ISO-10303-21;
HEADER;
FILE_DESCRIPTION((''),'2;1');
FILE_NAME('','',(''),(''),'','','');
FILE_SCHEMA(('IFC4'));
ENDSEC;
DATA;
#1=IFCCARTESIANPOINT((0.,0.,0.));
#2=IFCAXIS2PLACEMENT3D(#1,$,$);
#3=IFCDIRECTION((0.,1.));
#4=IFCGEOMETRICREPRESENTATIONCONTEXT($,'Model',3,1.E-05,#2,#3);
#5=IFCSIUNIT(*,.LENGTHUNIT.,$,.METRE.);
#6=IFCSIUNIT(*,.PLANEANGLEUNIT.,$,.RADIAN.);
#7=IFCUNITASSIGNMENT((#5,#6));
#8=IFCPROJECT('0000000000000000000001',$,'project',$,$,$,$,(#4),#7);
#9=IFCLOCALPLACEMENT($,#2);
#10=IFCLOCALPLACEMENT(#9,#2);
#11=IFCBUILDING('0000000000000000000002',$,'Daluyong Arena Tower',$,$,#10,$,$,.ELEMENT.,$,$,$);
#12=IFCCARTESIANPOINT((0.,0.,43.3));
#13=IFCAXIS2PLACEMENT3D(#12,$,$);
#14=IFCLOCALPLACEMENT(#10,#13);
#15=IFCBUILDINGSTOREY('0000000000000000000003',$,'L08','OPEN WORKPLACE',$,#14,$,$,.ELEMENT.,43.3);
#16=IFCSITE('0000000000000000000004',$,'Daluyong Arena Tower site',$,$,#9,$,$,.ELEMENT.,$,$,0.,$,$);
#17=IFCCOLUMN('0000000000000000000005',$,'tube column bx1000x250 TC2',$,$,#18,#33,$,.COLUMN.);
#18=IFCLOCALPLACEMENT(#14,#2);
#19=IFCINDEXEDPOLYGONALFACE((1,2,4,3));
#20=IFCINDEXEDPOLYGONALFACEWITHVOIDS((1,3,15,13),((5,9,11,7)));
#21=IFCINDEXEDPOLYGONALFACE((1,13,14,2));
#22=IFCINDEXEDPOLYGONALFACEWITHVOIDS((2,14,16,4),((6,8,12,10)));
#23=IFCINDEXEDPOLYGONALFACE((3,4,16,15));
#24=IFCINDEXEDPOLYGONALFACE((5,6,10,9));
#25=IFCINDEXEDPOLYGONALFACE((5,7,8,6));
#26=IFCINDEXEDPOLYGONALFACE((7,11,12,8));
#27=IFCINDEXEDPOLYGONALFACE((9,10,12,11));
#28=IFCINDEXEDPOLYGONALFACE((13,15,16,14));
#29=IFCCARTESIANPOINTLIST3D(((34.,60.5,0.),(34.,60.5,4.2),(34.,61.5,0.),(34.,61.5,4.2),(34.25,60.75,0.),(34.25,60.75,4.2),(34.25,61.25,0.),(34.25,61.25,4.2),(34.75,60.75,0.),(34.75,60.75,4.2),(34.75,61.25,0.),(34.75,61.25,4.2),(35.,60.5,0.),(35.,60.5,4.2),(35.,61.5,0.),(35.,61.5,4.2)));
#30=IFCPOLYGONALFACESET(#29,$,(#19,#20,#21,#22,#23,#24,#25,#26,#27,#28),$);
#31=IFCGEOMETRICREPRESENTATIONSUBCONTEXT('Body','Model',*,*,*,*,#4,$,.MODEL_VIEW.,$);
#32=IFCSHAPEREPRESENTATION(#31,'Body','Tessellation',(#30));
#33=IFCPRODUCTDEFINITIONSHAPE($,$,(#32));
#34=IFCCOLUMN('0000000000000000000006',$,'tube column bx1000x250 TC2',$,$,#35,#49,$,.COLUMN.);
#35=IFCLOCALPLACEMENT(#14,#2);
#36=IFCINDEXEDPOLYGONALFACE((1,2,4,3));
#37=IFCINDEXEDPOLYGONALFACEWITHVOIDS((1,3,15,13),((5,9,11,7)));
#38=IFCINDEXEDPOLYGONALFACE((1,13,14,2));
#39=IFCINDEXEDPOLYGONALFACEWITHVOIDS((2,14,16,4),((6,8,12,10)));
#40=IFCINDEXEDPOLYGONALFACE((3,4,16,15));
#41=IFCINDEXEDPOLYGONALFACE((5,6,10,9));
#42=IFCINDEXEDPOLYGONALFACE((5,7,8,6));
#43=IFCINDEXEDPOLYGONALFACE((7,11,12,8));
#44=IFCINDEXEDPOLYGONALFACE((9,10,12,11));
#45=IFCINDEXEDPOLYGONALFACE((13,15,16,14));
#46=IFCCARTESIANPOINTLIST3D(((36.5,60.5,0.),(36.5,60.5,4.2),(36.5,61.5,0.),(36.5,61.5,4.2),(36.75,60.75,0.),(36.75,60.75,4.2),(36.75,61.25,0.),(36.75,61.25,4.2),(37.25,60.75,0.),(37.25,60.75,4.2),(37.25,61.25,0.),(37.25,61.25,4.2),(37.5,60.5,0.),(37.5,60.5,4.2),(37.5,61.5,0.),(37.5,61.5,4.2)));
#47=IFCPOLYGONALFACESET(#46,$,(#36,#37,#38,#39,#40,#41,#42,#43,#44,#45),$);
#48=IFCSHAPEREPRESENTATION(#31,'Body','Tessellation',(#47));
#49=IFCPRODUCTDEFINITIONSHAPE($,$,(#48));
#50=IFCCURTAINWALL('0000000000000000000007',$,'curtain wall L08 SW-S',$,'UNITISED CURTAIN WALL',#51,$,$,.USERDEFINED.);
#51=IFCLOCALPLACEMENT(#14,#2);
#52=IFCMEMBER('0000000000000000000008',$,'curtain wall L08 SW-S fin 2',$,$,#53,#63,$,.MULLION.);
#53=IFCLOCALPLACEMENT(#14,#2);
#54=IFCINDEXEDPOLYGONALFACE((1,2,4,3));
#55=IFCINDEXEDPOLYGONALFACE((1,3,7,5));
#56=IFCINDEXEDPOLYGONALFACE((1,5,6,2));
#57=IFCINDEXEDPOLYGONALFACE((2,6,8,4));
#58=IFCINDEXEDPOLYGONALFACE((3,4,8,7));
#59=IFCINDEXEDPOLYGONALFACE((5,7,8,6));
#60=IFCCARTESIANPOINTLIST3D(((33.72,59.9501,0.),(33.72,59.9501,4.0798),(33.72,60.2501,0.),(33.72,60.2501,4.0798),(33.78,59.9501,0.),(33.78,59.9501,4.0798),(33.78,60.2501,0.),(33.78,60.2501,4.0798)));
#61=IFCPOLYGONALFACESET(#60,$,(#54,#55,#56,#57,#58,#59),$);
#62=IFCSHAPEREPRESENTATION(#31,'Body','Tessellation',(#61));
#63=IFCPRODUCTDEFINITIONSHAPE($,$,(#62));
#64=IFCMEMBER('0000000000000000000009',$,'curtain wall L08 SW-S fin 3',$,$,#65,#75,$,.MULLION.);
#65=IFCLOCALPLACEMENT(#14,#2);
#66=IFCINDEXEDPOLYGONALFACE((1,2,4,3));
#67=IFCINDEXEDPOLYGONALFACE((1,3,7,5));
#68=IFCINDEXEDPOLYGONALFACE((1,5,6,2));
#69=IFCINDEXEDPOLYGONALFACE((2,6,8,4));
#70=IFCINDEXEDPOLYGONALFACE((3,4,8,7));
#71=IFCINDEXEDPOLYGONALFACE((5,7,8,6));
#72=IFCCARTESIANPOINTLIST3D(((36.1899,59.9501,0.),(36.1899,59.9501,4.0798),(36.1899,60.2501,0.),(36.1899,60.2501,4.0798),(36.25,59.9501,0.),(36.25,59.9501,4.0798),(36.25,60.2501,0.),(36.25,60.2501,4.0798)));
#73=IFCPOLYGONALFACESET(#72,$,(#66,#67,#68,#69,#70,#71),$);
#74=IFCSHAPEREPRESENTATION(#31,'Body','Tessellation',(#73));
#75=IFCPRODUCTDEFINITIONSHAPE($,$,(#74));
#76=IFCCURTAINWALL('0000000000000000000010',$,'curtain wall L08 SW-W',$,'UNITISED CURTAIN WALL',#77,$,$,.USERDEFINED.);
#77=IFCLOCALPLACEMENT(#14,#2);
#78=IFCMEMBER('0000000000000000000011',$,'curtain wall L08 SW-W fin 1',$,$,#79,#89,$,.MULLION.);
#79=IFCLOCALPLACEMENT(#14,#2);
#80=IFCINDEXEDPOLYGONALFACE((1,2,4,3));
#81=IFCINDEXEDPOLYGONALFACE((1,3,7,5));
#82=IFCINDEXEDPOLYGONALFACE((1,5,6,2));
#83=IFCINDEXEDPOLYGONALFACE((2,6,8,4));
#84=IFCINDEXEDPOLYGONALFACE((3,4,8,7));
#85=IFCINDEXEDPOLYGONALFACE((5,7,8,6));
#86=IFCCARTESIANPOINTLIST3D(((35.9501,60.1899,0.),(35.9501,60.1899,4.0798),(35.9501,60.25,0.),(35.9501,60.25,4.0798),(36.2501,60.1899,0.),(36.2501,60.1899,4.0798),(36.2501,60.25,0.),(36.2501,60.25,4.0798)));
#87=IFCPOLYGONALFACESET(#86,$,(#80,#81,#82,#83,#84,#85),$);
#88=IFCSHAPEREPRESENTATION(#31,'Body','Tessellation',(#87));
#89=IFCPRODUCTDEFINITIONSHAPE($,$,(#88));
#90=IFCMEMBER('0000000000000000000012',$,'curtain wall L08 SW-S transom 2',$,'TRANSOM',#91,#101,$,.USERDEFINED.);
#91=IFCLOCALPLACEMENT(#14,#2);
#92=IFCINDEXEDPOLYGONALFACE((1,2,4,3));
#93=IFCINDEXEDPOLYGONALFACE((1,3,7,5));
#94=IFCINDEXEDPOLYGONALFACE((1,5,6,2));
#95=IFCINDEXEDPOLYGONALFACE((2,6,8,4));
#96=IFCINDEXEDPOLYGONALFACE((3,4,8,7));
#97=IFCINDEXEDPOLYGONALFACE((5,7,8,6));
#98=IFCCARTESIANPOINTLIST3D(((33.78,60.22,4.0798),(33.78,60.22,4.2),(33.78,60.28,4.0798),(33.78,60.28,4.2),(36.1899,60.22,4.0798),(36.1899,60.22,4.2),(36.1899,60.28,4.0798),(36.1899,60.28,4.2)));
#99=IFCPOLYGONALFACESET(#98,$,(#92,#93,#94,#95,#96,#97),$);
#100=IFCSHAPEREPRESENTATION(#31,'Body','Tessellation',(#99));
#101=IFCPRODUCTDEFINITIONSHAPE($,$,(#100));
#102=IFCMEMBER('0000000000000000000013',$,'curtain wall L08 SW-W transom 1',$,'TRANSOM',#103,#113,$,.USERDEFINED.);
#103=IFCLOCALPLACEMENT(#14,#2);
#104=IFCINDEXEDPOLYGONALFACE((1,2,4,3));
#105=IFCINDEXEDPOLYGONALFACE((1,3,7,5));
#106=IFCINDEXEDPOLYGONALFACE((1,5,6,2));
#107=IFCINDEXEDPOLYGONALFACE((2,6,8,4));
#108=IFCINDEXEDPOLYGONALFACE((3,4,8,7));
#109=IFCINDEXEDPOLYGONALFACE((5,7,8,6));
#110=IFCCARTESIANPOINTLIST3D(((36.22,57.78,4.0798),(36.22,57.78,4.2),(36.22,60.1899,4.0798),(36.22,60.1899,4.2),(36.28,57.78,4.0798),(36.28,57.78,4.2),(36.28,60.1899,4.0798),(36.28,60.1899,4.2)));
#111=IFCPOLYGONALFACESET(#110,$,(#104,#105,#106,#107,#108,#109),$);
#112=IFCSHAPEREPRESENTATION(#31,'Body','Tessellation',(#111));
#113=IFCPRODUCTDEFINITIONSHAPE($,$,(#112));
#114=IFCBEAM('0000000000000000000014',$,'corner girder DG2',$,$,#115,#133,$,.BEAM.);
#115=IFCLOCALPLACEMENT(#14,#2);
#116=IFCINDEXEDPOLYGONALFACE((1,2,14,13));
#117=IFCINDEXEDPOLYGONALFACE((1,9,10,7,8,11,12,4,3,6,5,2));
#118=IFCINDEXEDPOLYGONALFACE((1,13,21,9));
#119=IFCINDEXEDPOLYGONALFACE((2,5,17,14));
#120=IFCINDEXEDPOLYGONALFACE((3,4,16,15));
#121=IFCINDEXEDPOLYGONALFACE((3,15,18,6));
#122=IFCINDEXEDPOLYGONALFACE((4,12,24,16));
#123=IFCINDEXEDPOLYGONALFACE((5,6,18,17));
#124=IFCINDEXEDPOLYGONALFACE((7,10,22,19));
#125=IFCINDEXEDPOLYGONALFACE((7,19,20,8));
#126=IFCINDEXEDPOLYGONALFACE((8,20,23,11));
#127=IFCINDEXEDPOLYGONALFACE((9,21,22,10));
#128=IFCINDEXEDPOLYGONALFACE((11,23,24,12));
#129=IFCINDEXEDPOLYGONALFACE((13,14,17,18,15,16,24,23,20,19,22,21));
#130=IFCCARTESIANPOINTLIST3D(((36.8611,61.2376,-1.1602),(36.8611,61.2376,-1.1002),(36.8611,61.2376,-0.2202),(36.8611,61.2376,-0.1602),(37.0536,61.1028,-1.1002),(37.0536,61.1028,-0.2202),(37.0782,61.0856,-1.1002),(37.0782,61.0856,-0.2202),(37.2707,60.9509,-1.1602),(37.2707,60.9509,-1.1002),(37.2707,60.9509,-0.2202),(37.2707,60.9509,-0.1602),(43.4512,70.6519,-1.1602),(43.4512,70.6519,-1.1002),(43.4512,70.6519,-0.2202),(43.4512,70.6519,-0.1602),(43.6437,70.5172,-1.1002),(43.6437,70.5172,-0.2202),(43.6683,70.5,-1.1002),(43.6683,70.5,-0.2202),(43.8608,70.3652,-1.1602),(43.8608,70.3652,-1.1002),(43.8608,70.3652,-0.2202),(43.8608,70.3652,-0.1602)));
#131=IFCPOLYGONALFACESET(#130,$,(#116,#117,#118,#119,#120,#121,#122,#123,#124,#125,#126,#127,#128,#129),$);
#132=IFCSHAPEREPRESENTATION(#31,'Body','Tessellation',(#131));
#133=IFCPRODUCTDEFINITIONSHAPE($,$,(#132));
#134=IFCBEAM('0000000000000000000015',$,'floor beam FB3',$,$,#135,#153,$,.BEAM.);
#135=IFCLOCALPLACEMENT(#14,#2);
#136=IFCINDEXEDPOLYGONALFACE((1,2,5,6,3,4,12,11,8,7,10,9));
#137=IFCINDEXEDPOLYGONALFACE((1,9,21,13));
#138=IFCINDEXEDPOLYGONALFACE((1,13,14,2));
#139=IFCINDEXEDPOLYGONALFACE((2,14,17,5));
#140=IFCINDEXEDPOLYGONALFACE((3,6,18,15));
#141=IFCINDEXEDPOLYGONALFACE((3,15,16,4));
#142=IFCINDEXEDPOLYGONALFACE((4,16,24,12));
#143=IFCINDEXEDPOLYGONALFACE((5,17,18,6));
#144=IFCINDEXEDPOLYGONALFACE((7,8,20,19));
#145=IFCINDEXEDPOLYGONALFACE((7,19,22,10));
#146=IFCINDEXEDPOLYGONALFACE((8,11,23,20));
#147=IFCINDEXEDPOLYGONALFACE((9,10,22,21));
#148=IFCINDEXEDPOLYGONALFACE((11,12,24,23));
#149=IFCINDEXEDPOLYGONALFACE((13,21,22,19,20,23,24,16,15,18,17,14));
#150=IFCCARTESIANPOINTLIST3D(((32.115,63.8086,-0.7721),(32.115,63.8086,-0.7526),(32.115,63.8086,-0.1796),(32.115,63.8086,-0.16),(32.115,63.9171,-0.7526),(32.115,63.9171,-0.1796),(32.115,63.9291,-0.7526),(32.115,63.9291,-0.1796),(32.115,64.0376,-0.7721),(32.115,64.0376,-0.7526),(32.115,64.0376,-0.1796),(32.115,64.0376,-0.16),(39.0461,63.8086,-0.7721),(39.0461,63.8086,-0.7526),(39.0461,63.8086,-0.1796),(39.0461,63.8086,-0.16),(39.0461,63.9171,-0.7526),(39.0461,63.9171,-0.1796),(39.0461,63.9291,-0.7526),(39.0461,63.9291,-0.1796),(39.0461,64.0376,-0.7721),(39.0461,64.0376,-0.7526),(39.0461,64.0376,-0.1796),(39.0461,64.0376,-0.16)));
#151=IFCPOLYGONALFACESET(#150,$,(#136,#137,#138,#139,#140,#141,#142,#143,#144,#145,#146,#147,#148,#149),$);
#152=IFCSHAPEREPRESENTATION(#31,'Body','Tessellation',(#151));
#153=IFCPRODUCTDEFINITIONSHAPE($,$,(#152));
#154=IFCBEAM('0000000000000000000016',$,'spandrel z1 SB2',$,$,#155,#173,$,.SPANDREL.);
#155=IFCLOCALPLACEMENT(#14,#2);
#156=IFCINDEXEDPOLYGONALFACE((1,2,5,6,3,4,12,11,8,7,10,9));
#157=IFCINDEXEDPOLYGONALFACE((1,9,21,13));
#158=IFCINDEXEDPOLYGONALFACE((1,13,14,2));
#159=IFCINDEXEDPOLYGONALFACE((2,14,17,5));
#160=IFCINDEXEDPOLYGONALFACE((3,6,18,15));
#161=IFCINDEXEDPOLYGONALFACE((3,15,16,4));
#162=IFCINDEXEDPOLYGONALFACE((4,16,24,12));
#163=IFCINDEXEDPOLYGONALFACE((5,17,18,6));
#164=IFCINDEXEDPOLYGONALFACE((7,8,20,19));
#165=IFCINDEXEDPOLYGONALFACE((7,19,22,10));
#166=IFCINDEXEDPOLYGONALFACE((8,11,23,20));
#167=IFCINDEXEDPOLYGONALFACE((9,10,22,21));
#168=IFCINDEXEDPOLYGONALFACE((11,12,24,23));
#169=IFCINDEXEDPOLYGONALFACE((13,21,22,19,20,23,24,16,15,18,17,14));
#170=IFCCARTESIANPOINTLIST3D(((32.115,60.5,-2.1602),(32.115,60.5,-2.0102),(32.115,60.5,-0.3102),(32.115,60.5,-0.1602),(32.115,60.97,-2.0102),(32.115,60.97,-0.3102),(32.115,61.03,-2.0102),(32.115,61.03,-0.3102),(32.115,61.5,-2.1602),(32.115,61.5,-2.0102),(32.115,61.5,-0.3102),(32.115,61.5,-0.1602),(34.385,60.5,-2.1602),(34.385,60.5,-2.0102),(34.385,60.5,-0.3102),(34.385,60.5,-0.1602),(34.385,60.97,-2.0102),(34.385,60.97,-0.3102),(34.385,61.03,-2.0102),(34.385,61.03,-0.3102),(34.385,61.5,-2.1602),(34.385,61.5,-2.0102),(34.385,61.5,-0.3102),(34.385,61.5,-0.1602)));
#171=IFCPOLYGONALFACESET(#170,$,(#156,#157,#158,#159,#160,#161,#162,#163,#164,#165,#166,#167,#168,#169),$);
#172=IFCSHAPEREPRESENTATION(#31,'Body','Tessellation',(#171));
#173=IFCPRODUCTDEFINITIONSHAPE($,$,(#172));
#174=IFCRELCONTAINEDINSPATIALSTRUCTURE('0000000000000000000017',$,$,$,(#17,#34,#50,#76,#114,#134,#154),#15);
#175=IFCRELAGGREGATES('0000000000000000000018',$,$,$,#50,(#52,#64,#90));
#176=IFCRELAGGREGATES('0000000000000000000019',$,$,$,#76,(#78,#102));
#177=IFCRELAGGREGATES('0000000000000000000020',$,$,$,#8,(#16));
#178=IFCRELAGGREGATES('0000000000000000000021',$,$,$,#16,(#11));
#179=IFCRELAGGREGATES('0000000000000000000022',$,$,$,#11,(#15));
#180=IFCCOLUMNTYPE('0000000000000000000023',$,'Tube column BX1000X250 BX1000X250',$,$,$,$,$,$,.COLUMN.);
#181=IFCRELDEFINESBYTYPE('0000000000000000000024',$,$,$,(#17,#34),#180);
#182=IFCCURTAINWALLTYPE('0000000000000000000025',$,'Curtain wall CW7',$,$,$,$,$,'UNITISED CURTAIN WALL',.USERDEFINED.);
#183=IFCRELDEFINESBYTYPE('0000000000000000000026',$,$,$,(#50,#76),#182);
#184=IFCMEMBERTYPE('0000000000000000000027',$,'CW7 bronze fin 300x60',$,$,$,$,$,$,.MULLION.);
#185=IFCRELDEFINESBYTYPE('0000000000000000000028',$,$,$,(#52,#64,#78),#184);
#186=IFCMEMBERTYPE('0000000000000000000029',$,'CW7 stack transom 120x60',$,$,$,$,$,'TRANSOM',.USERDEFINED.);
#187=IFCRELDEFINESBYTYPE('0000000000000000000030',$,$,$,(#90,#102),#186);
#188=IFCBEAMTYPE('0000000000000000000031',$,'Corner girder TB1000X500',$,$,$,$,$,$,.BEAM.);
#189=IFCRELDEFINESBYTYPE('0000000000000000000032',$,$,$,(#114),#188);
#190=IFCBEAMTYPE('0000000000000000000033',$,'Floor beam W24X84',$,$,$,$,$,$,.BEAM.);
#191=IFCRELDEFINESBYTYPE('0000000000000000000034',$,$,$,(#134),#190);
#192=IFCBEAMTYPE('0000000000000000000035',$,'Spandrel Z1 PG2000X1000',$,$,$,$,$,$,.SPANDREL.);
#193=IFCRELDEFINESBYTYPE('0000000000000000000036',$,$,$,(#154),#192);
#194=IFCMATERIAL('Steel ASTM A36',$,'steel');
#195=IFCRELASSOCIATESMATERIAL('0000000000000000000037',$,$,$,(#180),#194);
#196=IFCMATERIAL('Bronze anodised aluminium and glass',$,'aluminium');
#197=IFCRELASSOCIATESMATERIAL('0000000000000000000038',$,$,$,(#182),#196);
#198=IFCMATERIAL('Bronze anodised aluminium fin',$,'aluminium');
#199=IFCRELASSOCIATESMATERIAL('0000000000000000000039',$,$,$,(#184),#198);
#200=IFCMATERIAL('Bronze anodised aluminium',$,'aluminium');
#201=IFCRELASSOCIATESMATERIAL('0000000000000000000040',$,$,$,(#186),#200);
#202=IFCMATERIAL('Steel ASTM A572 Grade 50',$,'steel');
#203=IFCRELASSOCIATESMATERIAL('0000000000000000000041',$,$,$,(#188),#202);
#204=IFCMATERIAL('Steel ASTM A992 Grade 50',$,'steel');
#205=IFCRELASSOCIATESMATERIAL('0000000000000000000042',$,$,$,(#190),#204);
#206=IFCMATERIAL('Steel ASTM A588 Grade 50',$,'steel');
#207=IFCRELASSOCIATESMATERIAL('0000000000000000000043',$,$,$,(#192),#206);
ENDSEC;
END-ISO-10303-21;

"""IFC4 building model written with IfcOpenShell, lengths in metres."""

from ifc_helpers import new_model, si_unit, direction, frame, origin, origin_2d, place, context, subcontext, project, spatial, rectangle, hollow_rectangle, i_section, extrude, material, material_profile, profile_set, type_object, element, aggregate, save


model = new_model("IFC4")

# Units and contexts
model_context = context("Model", 3, precision=1e-05, world=origin(), true_north=direction((0.0, 1.0)))
body_context = subcontext(model_context, "Body", "Model", "MODEL_VIEW")
ifc_project = project(units=[si_unit("LENGTHUNIT", "METRE"), si_unit("PLANEANGLEUNIT", "RADIAN")], contexts=[model_context])

# Site, building, storey
site_placement = place(None, origin())
site = spatial("IfcSite", under=ifc_project, at=site_placement, Name="Daluyong Arena Tower site", CompositionType="ELEMENT", RefElevation=0.0)
building_placement = place(site_placement, origin())
building = spatial("IfcBuilding", under=site, at=building_placement, Name="Daluyong Arena Tower", CompositionType="ELEMENT")
storey_placement = place(building_placement, frame((0.0, 0.0, 43.3)))
storey = spatial("IfcBuildingStorey", under=building, at=storey_placement, Name="L08", Description="OPEN WORKPLACE", CompositionType="ELEMENT", Elevation=43.3)

# Columns
ifc_material_1 = material(Name="Steel ASTM A36", Category="steel")
ifc_material_profile_1 = material_profile(ifc_material_1, hollow_rectangle(XDim=1.0, YDim=1.0, WallThickness=0.25, at=origin_2d()))
ifc_profile_set_1 = profile_set([ifc_material_profile_1], Name="Steel ASTM A36")
column_type = type_object("IfcColumnType", Name="Tube column BX1000X250 BX1000X250", PredefinedType="COLUMN", material=ifc_profile_set_1)
for number, where, z_axis, x_axis, name in (
    (1, (34.5, 61.0, 0.0), (0.0, 0.0, 1.0), (1.0, 0.0, 0.0), "tube column bx1000x250 TC2"),
    (2, (37.0, 61.0, 0.0), (0.0, 0.0, 1.0), (0.0, 1.0, 0.0), "tube column bx1000x250 TC2"),
):
    element("IfcColumn", number, at=place(storey_placement, frame(where, z_axis=z_axis, x_axis=x_axis)), inside=storey, type_object=column_type, Name=name, PredefinedType="COLUMN", context=body_context, shape_type="SweptSolid", body=[
        extrude(hollow_rectangle(XDim=1.0, YDim=1.0, WallThickness=0.25, at=origin_2d()), origin(), (0.0, 0.0, 1.0), 4.2),
    ])

# Curtain wall, members
ifc_material_2 = material(Name="Bronze anodised aluminium and glass", Category="aluminium")
curtain_wall_type = type_object("IfcCurtainWallType", Name="Curtain wall CW7", ElementType="UNITISED CURTAIN WALL", PredefinedType="USERDEFINED", material=ifc_material_2)
curtain_wall_1_placement = place(storey_placement, origin())
curtain_wall_1 = element("IfcCurtainWall", 3, at=curtain_wall_1_placement, inside=storey, type_object=curtain_wall_type, Name="curtain wall L08 SW-S", ObjectType="UNITISED CURTAIN WALL", PredefinedType="USERDEFINED")
ifc_material_3 = material(Name="Bronze anodised aluminium fin", Category="aluminium")
ifc_material_profile_2 = material_profile(ifc_material_3, rectangle(XDim=0.3, YDim=0.0601, at=origin_2d()))
ifc_profile_set_2 = profile_set([ifc_material_profile_2], Name="Bronze anodised aluminium fin")
member_type_1 = type_object("IfcMemberType", Name="CW7 bronze fin 300x60", PredefinedType="MULLION", material=ifc_profile_set_2)
member_1_placement = place(storey_placement, frame((33.75, 60.1001, 0.0), z_axis=(0.0, 0.0, 1.0), x_axis=(0.0, 1.0, 0.0)))
member_1 = element("IfcMember", 4, at=member_1_placement, type_object=member_type_1, Name="curtain wall L08 SW-S fin 2", PredefinedType="MULLION", context=body_context, shape_type="SweptSolid", body=[
    extrude(rectangle(XDim=0.3, YDim=0.0601, at=origin_2d()), origin(), (0.0, 0.0, 1.0), 4.0798),
])
member_2_placement = place(storey_placement, frame((36.22, 60.1001, 0.0), z_axis=(0.0, 0.0, 1.0), x_axis=(0.0, 1.0, 0.0)))
member_2 = element("IfcMember", 5, at=member_2_placement, type_object=member_type_1, Name="curtain wall L08 SW-S fin 3", PredefinedType="MULLION", context=body_context, shape_type="SweptSolid", body=[
    extrude(rectangle(XDim=0.3, YDim=0.0601, at=origin_2d()), origin(), (0.0, 0.0, 1.0), 4.0798),
])

# Curtain wall, member
curtain_wall_2_placement = place(storey_placement, origin())
curtain_wall_2 = element("IfcCurtainWall", 6, at=curtain_wall_2_placement, inside=storey, type_object=curtain_wall_type, Name="curtain wall L08 SW-W", ObjectType="UNITISED CURTAIN WALL", PredefinedType="USERDEFINED")
member_3_placement = place(storey_placement, frame((36.1001, 60.22, 0.0), z_axis=(0.0, 0.0, 1.0), x_axis=(1.0, 0.0, 0.0)))
member_3 = element("IfcMember", 7, at=member_3_placement, type_object=member_type_1, Name="curtain wall L08 SW-W fin 1", PredefinedType="MULLION", context=body_context, shape_type="SweptSolid", body=[
    extrude(rectangle(XDim=0.3, YDim=0.0601, at=origin_2d()), origin(), (0.0, 0.0, 1.0), 4.0798),
])

# Members
ifc_material_4 = material(Name="Bronze anodised aluminium", Category="aluminium")
ifc_material_profile_3 = material_profile(ifc_material_4, rectangle(XDim=0.0601, YDim=0.1201, at=origin_2d()))
ifc_profile_set_3 = profile_set([ifc_material_profile_3], Name="Bronze anodised aluminium")
member_type_2 = type_object("IfcMemberType", Name="CW7 stack transom 120x60", ElementType="TRANSOM", PredefinedType="USERDEFINED", material=ifc_profile_set_3)
member_4_placement = place(storey_placement, frame((33.78, 60.25, 4.1399), z_axis=(1.0, 0.0, 0.0), x_axis=(0.0, 1.0, 0.0)))
member_4 = element("IfcMember", 8, at=member_4_placement, type_object=member_type_2, Name="curtain wall L08 SW-S transom 2", ObjectType="TRANSOM", PredefinedType="USERDEFINED", context=body_context, shape_type="SweptSolid", body=[
    extrude(rectangle(XDim=0.0601, YDim=0.1201, at=origin_2d()), origin(), (0.0, 0.0, 1.0), 2.4099),
])
member_5_placement = place(storey_placement, frame((36.25, 60.1899, 4.1399), z_axis=(0.0, -1.0, 0.0), x_axis=(1.0, 0.0, 0.0)))
member_5 = element("IfcMember", 9, at=member_5_placement, type_object=member_type_2, Name="curtain wall L08 SW-W transom 1", ObjectType="TRANSOM", PredefinedType="USERDEFINED", context=body_context, shape_type="SweptSolid", body=[
    extrude(rectangle(XDim=0.0601, YDim=0.1201, at=origin_2d()), origin(), (0.0, 0.0, 1.0), 2.4099),
])

# Beams
ifc_material_5 = material(Name="Steel ASTM A572 Grade 50", Category="steel")
ifc_material_profile_4 = material_profile(ifc_material_5, i_section(OverallWidth=0.5, OverallDepth=1.0, WebThickness=0.03, FlangeThickness=0.06, at=origin_2d()))
ifc_profile_set_4 = profile_set([ifc_material_profile_4], Name="Steel ASTM A572 Grade 50")
beam_type_1 = type_object("IfcBeamType", Name="Corner girder TB1000X500", PredefinedType="BEAM", material=ifc_profile_set_4)
beam_1_placement = place(storey_placement, frame((37.0659, 61.0942, -0.6602), z_axis=(0.573467, 0.819229, 0.0), x_axis=(-0.819229, 0.573467, 0.0)))
element("IfcBeam", 10, at=beam_1_placement, inside=storey, type_object=beam_type_1, Name="corner girder DG2", PredefinedType="BEAM", context=body_context, shape_type="SweptSolid", body=[
    extrude(i_section(OverallWidth=0.5, OverallDepth=1.0, WebThickness=0.03, FlangeThickness=0.06, at=origin_2d()), origin(), (0.0, 0.0, 1.0), 11.4917),
])
ifc_material_6 = material(Name="Steel ASTM A992 Grade 50", Category="steel")
ifc_material_profile_5 = material_profile(ifc_material_6, i_section(OverallWidth=0.229, OverallDepth=0.6121, WebThickness=0.012, FlangeThickness=0.0195, at=origin_2d()))
ifc_profile_set_5 = profile_set([ifc_material_profile_5], Name="Steel ASTM A992 Grade 50")
beam_type_2 = type_object("IfcBeamType", Name="Floor beam W24X84", PredefinedType="BEAM", material=ifc_profile_set_5)
beam_2_placement = place(storey_placement, frame((32.115, 63.9231, -0.4661), z_axis=(1.0, 0.0, 0.0), x_axis=(0.0, 1.0, 0.0)))
element("IfcBeam", 11, at=beam_2_placement, inside=storey, type_object=beam_type_2, Name="floor beam FB3", PredefinedType="BEAM", context=body_context, shape_type="SweptSolid", body=[
    extrude(i_section(OverallWidth=0.229, OverallDepth=0.6121, WebThickness=0.012, FlangeThickness=0.0195, at=origin_2d()), origin(), (0.0, 0.0, 1.0), 6.9312),
])
ifc_material_7 = material(Name="Steel ASTM A588 Grade 50", Category="steel")
ifc_material_profile_6 = material_profile(ifc_material_7, i_section(OverallWidth=1.0, OverallDepth=2.0, WebThickness=0.06, FlangeThickness=0.15, at=origin_2d()))
ifc_profile_set_6 = profile_set([ifc_material_profile_6], Name="Steel ASTM A588 Grade 50")
beam_type_3 = type_object("IfcBeamType", Name="Spandrel Z1 PG2000X1000", PredefinedType="SPANDREL", material=ifc_profile_set_6)
for number, where, z_axis, x_axis, name in (
    (12, (32.115, 61.0, -1.1602), (1.0, 0.0, 0.0), (0.0, 1.0, 0.0), "spandrel z1 SB2"),
):
    element("IfcBeam", number, at=place(storey_placement, frame(where, z_axis=z_axis, x_axis=x_axis)), inside=storey, type_object=beam_type_3, Name=name, PredefinedType="SPANDREL", context=body_context, shape_type="SweptSolid", body=[
        extrude(i_section(OverallWidth=1.0, OverallDepth=2.0, WebThickness=0.06, FlangeThickness=0.15, at=origin_2d()), origin(), (0.0, 0.0, 1.0), 2.27),
    ])

aggregate(curtain_wall_1, [member_1, member_2, member_4])
aggregate(curtain_wall_2, [member_3, member_5])

save(model, "model.ifc")
